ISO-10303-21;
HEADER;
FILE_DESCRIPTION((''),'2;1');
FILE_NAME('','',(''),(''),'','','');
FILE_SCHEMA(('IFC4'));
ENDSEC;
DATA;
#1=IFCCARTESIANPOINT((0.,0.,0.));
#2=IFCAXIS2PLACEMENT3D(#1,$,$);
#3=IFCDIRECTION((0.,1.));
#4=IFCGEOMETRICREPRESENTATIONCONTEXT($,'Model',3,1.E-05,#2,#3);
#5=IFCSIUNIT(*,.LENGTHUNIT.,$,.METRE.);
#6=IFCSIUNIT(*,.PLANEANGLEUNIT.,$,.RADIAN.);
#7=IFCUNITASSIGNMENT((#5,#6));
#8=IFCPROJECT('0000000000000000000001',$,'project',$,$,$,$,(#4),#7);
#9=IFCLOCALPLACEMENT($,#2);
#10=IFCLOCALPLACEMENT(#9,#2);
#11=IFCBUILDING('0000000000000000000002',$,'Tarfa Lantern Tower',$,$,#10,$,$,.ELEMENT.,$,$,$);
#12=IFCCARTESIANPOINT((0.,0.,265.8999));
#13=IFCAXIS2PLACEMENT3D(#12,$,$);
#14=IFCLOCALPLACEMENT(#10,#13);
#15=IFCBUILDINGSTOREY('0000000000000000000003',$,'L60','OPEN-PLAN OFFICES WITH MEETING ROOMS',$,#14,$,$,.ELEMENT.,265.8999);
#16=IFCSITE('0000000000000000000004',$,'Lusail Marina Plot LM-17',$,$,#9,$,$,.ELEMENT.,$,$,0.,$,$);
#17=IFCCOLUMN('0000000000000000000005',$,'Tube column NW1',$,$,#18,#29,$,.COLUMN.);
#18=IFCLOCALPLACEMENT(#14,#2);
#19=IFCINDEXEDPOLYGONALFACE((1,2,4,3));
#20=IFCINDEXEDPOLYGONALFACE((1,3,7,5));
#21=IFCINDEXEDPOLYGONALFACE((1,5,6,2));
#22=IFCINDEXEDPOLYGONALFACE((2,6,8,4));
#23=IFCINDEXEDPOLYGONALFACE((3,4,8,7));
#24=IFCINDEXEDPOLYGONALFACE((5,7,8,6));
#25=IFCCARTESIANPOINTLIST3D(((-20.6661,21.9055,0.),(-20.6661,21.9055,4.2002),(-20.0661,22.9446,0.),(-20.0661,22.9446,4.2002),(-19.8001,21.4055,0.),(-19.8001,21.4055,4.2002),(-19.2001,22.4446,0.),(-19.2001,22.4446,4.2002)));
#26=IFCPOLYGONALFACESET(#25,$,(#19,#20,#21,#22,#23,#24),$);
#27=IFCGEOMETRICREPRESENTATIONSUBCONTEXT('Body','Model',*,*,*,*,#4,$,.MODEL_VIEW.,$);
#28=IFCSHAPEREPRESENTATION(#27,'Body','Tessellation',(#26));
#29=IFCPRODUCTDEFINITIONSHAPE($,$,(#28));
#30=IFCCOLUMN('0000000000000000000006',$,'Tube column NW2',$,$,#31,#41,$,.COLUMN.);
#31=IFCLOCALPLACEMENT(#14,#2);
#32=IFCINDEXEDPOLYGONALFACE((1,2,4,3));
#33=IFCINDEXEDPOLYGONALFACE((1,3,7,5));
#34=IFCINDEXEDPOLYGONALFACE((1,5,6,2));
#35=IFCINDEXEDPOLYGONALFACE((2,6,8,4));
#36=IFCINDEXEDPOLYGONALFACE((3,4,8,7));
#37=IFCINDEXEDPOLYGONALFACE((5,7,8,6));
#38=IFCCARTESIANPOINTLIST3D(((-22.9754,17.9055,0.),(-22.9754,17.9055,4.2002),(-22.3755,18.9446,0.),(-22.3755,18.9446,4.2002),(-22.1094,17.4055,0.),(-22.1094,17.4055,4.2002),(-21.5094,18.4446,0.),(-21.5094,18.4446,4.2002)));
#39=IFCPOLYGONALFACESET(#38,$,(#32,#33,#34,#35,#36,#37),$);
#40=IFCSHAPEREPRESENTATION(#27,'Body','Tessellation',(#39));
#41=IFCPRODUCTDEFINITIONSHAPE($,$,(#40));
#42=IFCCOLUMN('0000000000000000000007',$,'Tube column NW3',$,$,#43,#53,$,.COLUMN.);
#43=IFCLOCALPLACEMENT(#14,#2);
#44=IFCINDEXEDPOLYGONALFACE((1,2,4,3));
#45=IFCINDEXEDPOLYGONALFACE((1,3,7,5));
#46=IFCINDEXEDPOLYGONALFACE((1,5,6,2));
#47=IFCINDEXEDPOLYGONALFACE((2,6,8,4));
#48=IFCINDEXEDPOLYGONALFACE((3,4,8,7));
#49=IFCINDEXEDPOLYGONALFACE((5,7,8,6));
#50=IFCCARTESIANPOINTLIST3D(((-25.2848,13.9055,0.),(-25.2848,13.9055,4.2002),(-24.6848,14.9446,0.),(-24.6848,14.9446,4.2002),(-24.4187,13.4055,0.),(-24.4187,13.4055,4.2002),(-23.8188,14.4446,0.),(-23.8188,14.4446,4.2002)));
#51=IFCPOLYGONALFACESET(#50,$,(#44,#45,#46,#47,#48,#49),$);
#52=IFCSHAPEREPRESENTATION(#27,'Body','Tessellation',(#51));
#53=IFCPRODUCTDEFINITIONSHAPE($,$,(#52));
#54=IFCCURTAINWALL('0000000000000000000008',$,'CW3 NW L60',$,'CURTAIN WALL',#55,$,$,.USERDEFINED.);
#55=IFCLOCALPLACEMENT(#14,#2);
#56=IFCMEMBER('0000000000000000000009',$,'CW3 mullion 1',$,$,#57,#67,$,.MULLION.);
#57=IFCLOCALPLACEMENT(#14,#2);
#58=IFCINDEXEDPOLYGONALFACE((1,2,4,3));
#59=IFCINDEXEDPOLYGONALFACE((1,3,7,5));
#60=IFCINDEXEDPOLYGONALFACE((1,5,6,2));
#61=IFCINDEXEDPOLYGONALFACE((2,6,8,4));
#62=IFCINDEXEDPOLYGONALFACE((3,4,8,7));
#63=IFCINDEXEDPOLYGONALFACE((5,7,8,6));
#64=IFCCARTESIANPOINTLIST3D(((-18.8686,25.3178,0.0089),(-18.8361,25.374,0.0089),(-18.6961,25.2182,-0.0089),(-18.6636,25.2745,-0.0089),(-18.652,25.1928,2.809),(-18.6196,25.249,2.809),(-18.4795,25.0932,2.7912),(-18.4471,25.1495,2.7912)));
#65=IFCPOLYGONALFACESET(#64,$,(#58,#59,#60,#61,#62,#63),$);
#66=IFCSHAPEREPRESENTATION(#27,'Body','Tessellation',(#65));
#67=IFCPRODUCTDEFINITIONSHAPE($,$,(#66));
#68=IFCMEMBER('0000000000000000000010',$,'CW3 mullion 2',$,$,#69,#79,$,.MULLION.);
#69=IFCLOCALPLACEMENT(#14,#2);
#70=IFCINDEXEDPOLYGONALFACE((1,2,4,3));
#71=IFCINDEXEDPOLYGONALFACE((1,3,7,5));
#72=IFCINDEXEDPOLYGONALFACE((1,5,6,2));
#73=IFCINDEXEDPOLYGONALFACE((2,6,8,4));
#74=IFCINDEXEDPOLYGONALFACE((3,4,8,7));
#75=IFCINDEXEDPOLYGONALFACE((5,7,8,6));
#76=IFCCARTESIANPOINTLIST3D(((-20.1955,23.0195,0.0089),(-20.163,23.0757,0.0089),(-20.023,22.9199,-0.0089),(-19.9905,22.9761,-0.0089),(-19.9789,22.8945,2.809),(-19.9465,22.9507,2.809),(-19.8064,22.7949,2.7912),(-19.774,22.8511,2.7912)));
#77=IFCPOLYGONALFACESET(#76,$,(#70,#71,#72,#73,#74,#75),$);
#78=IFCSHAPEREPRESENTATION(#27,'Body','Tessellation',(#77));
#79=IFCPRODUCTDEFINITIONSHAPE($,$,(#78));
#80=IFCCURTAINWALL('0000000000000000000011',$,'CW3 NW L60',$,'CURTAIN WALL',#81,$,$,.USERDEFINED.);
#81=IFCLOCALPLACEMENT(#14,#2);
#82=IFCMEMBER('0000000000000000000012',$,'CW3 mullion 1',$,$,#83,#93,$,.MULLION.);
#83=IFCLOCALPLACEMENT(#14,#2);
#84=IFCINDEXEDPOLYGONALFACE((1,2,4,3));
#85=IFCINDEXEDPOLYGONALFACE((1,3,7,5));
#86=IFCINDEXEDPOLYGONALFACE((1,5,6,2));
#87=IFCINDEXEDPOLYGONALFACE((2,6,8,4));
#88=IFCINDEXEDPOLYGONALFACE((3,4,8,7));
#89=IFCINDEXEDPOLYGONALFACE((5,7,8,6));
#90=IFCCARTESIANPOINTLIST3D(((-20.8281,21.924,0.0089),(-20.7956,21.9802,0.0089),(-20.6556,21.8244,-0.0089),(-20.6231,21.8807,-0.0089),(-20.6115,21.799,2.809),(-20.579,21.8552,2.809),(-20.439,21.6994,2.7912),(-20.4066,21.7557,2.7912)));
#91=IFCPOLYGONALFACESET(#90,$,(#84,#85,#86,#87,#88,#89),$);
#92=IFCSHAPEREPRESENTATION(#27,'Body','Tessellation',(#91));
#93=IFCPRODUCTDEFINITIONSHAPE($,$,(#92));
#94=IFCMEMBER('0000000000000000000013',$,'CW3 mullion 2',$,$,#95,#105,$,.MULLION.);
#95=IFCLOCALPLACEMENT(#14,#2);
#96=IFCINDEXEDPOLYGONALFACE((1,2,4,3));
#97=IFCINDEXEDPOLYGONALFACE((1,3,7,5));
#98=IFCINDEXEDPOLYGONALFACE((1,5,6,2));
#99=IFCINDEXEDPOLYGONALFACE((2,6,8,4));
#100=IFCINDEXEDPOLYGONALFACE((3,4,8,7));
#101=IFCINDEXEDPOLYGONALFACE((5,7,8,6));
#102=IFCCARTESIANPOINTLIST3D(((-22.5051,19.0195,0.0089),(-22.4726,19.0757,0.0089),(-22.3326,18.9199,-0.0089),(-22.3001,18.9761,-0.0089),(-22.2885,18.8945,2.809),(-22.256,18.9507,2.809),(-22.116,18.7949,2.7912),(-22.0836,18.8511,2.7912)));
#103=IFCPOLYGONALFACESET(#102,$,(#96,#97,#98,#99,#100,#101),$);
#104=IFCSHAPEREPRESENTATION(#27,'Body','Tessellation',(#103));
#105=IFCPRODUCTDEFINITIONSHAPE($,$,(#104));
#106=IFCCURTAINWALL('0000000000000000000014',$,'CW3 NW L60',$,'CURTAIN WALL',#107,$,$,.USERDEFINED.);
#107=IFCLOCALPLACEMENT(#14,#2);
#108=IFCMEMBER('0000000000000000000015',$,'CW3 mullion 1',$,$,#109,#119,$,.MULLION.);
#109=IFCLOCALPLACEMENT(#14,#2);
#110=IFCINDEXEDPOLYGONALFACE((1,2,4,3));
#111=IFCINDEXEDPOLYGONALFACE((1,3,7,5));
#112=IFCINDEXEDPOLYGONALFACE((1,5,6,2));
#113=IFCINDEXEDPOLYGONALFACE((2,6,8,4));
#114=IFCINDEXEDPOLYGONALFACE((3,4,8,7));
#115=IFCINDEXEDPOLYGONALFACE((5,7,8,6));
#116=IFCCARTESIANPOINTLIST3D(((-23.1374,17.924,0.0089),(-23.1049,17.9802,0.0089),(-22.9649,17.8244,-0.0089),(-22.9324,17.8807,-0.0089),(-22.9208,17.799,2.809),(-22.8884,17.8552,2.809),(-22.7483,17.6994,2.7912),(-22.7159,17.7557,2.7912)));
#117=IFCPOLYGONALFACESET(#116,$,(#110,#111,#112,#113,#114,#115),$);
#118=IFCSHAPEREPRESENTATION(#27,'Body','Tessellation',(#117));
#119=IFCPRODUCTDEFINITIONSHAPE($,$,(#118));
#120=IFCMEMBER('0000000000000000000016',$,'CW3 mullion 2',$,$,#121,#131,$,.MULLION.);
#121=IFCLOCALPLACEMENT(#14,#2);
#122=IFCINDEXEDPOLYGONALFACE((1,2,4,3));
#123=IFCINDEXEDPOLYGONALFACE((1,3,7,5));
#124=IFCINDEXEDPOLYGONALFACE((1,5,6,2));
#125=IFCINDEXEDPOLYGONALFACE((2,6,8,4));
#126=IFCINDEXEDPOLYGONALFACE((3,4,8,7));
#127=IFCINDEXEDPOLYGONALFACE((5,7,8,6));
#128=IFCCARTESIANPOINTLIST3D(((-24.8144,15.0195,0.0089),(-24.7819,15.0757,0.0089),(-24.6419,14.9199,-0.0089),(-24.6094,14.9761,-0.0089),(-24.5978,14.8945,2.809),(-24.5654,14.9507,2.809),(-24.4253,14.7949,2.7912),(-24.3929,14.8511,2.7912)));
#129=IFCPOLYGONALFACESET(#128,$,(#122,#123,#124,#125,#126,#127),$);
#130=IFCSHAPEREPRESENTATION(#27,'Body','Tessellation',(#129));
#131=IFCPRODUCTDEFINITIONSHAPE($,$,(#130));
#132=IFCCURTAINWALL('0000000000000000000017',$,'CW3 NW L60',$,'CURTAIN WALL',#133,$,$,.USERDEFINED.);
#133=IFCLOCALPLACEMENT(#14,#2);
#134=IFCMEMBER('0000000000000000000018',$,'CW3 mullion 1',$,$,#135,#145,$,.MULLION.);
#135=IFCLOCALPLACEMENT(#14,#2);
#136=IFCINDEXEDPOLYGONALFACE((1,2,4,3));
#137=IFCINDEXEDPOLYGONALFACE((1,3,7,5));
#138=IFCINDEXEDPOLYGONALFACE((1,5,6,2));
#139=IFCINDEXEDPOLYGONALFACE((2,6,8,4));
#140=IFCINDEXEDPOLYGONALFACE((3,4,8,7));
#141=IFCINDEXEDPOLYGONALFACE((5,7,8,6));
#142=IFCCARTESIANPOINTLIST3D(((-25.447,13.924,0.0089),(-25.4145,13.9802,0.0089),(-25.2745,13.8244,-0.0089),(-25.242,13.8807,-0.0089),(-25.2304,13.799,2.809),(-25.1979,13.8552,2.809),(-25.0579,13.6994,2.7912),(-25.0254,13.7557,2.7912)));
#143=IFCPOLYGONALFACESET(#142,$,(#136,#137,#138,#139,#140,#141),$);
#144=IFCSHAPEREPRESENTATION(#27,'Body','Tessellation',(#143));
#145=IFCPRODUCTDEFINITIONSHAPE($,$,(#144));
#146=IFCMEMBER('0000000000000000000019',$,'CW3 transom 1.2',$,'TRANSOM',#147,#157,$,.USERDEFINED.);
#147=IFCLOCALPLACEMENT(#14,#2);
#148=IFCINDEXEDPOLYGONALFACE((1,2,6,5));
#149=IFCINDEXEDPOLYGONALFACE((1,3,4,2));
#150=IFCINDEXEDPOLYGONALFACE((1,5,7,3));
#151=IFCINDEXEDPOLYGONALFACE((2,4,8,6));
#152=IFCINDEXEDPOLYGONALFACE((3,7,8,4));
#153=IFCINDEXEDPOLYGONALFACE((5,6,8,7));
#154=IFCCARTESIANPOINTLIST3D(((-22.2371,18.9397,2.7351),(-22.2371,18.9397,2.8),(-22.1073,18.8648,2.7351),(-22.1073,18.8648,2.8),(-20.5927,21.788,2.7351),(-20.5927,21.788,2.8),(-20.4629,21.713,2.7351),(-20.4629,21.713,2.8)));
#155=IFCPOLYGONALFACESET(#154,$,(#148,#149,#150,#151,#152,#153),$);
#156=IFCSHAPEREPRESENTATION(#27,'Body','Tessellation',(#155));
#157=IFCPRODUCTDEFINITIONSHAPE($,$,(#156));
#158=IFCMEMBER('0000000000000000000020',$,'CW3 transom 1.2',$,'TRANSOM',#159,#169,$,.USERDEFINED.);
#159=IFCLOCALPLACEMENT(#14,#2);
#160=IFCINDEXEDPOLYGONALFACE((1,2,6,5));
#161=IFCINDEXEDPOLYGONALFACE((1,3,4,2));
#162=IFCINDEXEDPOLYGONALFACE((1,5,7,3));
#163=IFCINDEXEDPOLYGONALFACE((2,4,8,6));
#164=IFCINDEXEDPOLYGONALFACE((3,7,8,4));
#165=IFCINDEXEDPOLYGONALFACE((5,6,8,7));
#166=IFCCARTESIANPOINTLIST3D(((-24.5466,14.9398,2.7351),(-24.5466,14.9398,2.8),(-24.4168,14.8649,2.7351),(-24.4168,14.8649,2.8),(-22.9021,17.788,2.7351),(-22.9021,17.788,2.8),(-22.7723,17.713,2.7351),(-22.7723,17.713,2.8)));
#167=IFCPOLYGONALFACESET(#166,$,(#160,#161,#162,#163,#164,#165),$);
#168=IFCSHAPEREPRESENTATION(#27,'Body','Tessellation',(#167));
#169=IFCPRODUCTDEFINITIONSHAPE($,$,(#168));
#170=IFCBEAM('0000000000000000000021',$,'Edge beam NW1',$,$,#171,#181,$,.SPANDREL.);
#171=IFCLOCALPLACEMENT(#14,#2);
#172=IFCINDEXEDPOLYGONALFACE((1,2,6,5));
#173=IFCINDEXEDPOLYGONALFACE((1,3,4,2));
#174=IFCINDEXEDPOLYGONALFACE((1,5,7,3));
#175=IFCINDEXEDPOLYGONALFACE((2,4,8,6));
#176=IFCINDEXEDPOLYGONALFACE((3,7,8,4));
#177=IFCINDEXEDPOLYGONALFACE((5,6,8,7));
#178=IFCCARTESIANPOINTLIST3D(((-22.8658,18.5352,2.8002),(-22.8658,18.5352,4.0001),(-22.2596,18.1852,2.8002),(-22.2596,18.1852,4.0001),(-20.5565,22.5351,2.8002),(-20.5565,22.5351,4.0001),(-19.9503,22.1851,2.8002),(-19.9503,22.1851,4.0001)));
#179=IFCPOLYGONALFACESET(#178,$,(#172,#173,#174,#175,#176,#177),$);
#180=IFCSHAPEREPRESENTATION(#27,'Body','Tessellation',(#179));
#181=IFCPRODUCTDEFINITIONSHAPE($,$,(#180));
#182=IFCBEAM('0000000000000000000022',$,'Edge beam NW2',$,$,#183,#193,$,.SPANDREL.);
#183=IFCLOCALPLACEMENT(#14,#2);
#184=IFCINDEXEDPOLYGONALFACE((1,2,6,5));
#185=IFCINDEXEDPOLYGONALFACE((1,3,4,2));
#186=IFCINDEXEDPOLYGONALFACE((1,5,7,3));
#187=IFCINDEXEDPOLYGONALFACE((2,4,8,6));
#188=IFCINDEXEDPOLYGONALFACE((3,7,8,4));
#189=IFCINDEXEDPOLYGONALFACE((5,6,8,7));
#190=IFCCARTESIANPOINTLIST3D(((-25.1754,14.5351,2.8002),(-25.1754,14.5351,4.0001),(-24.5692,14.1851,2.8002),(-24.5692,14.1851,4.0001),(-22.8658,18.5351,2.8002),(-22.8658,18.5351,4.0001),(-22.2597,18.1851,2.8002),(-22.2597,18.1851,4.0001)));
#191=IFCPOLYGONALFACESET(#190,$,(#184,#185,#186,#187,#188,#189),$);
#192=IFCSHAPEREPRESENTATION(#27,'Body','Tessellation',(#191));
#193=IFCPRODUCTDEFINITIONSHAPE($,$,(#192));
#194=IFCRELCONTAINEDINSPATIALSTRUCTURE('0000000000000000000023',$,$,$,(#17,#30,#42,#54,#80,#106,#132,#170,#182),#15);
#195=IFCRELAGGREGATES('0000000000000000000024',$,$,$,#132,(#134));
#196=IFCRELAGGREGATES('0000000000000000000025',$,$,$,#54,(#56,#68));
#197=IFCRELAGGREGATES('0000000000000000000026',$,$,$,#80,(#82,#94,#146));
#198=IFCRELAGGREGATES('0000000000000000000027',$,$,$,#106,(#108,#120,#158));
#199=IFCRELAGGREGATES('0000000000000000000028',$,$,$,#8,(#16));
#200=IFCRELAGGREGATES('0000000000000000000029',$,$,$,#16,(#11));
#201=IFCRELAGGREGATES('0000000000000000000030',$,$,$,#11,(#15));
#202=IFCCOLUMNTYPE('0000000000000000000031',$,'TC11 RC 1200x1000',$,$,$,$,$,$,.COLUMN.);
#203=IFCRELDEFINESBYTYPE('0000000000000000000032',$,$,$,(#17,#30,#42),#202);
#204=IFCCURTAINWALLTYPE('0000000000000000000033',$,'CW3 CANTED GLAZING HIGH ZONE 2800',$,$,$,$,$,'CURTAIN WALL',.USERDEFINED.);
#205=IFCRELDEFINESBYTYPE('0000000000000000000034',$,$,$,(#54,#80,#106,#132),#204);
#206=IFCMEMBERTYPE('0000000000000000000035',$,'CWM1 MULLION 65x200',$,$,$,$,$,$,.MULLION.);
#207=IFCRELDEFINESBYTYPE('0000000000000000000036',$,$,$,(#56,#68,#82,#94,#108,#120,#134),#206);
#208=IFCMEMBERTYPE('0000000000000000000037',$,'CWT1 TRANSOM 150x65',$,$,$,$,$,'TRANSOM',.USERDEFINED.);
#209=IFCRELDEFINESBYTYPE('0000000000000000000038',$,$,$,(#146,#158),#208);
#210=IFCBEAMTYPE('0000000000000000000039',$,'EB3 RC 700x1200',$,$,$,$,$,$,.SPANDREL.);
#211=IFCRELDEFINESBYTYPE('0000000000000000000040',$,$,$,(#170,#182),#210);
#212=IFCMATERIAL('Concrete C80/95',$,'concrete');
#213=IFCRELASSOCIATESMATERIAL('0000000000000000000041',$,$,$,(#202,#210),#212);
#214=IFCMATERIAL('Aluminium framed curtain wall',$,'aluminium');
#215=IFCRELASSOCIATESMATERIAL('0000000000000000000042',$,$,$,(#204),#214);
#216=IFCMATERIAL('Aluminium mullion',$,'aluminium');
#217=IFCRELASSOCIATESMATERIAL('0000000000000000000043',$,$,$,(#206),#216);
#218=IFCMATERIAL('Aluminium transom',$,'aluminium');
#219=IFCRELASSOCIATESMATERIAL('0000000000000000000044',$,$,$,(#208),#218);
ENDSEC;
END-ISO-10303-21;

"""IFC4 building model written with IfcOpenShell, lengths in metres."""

from ifc_helpers import new_model, si_unit, direction, frame, origin, origin_2d, place, context, subcontext, project, spatial, rectangle, extrude, material, material_profile, profile_set, type_object, element, aggregate, save


model = new_model("IFC4")

# Units and contexts
model_context = context("Model", 3, precision=1e-05, world=origin(), true_north=direction((0.0, 1.0)))
body_context = subcontext(model_context, "Body", "Model", "MODEL_VIEW")
ifc_project = project(units=[si_unit("LENGTHUNIT", "METRE"), si_unit("PLANEANGLEUNIT", "RADIAN")], contexts=[model_context])

# Site, building, storey
site_placement = place(None, origin())
site = spatial("IfcSite", under=ifc_project, at=site_placement, Name="Lusail Marina Plot LM-17", CompositionType="ELEMENT", RefElevation=0.0)
building_placement = place(site_placement, origin())
building = spatial("IfcBuilding", under=site, at=building_placement, Name="Tarfa Lantern Tower", CompositionType="ELEMENT")
storey_placement = place(building_placement, frame((0.0, 0.0, 265.8999)))
storey = spatial("IfcBuildingStorey", under=building, at=storey_placement, Name="L60", Description="OPEN-PLAN OFFICES WITH MEETING ROOMS", CompositionType="ELEMENT", Elevation=265.8999)

# Columns
ifc_material_1 = material(Name="Concrete C80/95", Category="concrete")
ifc_material_profile_1 = material_profile(ifc_material_1, rectangle(XDim=1.2, YDim=1.0, at=origin_2d()), Name="RC 1200x1000")
ifc_profile_set_1 = profile_set([ifc_material_profile_1], Name="Concrete C80/95")
column_type = type_object("IfcColumnType", Name="TC11 RC 1200x1000", PredefinedType="COLUMN", material=ifc_profile_set_1)
for number, where, z_axis, x_axis, name in (
    (1, (-19.9331, 22.175, 0.0), (0.0, 0.0, 1.0), (-0.5, -0.866025, 0.0), "Tube column NW1"),
    (2, (-22.2424, 18.175, 0.0), (0.0, 0.0, 1.0), (-0.5, -0.866025, 0.0), "Tube column NW2"),
    (3, (-24.5518, 14.175, 0.0), (0.0, 0.0, 1.0), (-0.5, -0.866025, 0.0), "Tube column NW3"),
):
    element("IfcColumn", number, at=place(storey_placement, frame(where, z_axis=z_axis, x_axis=x_axis)), inside=storey, type_object=column_type, Name=name, PredefinedType="COLUMN", context=body_context, shape_type="SweptSolid", body=[
        extrude(rectangle(XDim=1.2, YDim=1.0, at=origin_2d()), origin(), (0.0, 0.0, 1.0), 4.2002),
    ])

# Curtain walls, members
ifc_material_2 = material(Name="Aluminium framed curtain wall", Category="aluminium")
curtain_wall_type = type_object("IfcCurtainWallType", Name="CW3 CANTED GLAZING HIGH ZONE 2800", ElementType="CURTAIN WALL", PredefinedType="USERDEFINED", material=ifc_material_2)
curtain_wall_1_placement = place(storey_placement, origin())
curtain_wall_1 = element("IfcCurtainWall", 4, at=curtain_wall_1_placement, inside=storey, type_object=curtain_wall_type, Name="CW3 NW L60", ObjectType="CURTAIN WALL", PredefinedType="USERDEFINED")
ifc_material_3 = material(Name="Aluminium mullion", Category="aluminium")
ifc_material_profile_2 = material_profile(ifc_material_3, rectangle(XDim=0.0649, YDim=0.2, at=origin_2d()), Name="AL MULLION 65x200")
ifc_profile_set_2 = profile_set([ifc_material_profile_2], Name="Aluminium mullion")
member_type_1 = type_object("IfcMemberType", Name="CWM1 MULLION 65x200", PredefinedType="MULLION", material=ifc_profile_set_2)
member_1_placement = place(storey_placement, frame((-18.7661, 25.2961, 0.0), z_axis=(0.077032, -0.044465, 0.996037), x_axis=(0.49992, 0.866072, 0.0)))
member_1 = element("IfcMember", 5, at=member_1_placement, type_object=member_type_1, Name="CW3 mullion 1", PredefinedType="MULLION", context=body_context, shape_type="SweptSolid", body=[
    extrude(rectangle(XDim=0.0649, YDim=0.2, at=origin_2d()), origin(), (0.0, 0.0, 1.0), 2.8113),
])
member_2_placement = place(storey_placement, frame((-20.093, 22.9978, 0.0), z_axis=(0.077032, -0.044465, 0.996037), x_axis=(0.49992, 0.866072, 0.0)))
member_2 = element("IfcMember", 6, at=member_2_placement, type_object=member_type_1, Name="CW3 mullion 2", PredefinedType="MULLION", context=body_context, shape_type="SweptSolid", body=[
    extrude(rectangle(XDim=0.0649, YDim=0.2, at=origin_2d()), origin(), (0.0, 0.0, 1.0), 2.8113),
])
curtain_wall_2_placement = place(storey_placement, origin())
curtain_wall_2 = element("IfcCurtainWall", 7, at=curtain_wall_2_placement, inside=storey, type_object=curtain_wall_type, Name="CW3 NW L60", ObjectType="CURTAIN WALL", PredefinedType="USERDEFINED")
member_3_placement = place(storey_placement, frame((-20.7256, 21.9023, 0.0), z_axis=(0.077032, -0.044465, 0.996037), x_axis=(0.49992, 0.866072, 0.0)))
member_3 = element("IfcMember", 8, at=member_3_placement, type_object=member_type_1, Name="CW3 mullion 1", PredefinedType="MULLION", context=body_context, shape_type="SweptSolid", body=[
    extrude(rectangle(XDim=0.0649, YDim=0.2, at=origin_2d()), origin(), (0.0, 0.0, 1.0), 2.8113),
])
member_4_placement = place(storey_placement, frame((-22.4026, 18.9978, 0.0), z_axis=(0.077032, -0.044465, 0.996037), x_axis=(0.49992, 0.866072, 0.0)))
member_4 = element("IfcMember", 9, at=member_4_placement, type_object=member_type_1, Name="CW3 mullion 2", PredefinedType="MULLION", context=body_context, shape_type="SweptSolid", body=[
    extrude(rectangle(XDim=0.0649, YDim=0.2, at=origin_2d()), origin(), (0.0, 0.0, 1.0), 2.8113),
])
curtain_wall_3_placement = place(storey_placement, origin())
curtain_wall_3 = element("IfcCurtainWall", 10, at=curtain_wall_3_placement, inside=storey, type_object=curtain_wall_type, Name="CW3 NW L60", ObjectType="CURTAIN WALL", PredefinedType="USERDEFINED")
member_5_placement = place(storey_placement, frame((-23.0349, 17.9023, 0.0), z_axis=(0.077032, -0.044465, 0.996037), x_axis=(0.49992, 0.866072, 0.0)))
member_5 = element("IfcMember", 11, at=member_5_placement, type_object=member_type_1, Name="CW3 mullion 1", PredefinedType="MULLION", context=body_context, shape_type="SweptSolid", body=[
    extrude(rectangle(XDim=0.0649, YDim=0.2, at=origin_2d()), origin(), (0.0, 0.0, 1.0), 2.8113),
])
member_6_placement = place(storey_placement, frame((-24.7119, 14.9978, 0.0), z_axis=(0.077032, -0.044465, 0.996037), x_axis=(0.49992, 0.866072, 0.0)))
member_6 = element("IfcMember", 12, at=member_6_placement, type_object=member_type_1, Name="CW3 mullion 2", PredefinedType="MULLION", context=body_context, shape_type="SweptSolid", body=[
    extrude(rectangle(XDim=0.0649, YDim=0.2, at=origin_2d()), origin(), (0.0, 0.0, 1.0), 2.8113),
])

# Curtain wall, member
curtain_wall_4_placement = place(storey_placement, origin())
curtain_wall_4 = element("IfcCurtainWall", 13, at=curtain_wall_4_placement, inside=storey, type_object=curtain_wall_type, Name="CW3 NW L60", ObjectType="CURTAIN WALL", PredefinedType="USERDEFINED")
member_7_placement = place(storey_placement, frame((-25.3445, 13.9023, 0.0), z_axis=(0.077032, -0.044465, 0.996037), x_axis=(0.49992, 0.866072, 0.0)))
member_7 = element("IfcMember", 14, at=member_7_placement, type_object=member_type_1, Name="CW3 mullion 1", PredefinedType="MULLION", context=body_context, shape_type="SweptSolid", body=[
    extrude(rectangle(XDim=0.0649, YDim=0.2, at=origin_2d()), origin(), (0.0, 0.0, 1.0), 2.8113),
])
aggregate(curtain_wall_4, [member_7])

# Members
ifc_material_4 = material(Name="Aluminium transom", Category="aluminium")
ifc_material_profile_3 = material_profile(ifc_material_4, rectangle(XDim=0.1499, YDim=0.0649, at=origin_2d()), Name="AL TRANSOM 150x65")
ifc_profile_set_3 = profile_set([ifc_material_profile_3], Name="Aluminium transom")
member_type_2 = type_object("IfcMemberType", Name="CWT1 TRANSOM 150x65", ElementType="TRANSOM", PredefinedType="USERDEFINED", material=ifc_profile_set_3)
member_8_placement = place(storey_placement, frame((-20.5278, 21.7505, 2.7676), z_axis=(-0.499979, -0.866037, 0.0), x_axis=(0.866037, -0.499979, 0.0)))
member_8 = element("IfcMember", 15, at=member_8_placement, type_object=member_type_2, Name="CW3 transom 1.2", ObjectType="TRANSOM", PredefinedType="USERDEFINED", context=body_context, shape_type="SweptSolid", body=[
    extrude(rectangle(XDim=0.1499, YDim=0.0649, at=origin_2d()), origin(), (0.0, 0.0, 1.0), 3.2888),
])
member_9_placement = place(storey_placement, frame((-22.8372, 17.7505, 2.7676), z_axis=(-0.500035, -0.866005, 0.0), x_axis=(0.866005, -0.500035, 0.0)))
member_9 = element("IfcMember", 16, at=member_9_placement, type_object=member_type_2, Name="CW3 transom 1.2", ObjectType="TRANSOM", PredefinedType="USERDEFINED", context=body_context, shape_type="SweptSolid", body=[
    extrude(rectangle(XDim=0.1499, YDim=0.0649, at=origin_2d()), origin(), (0.0, 0.0, 1.0), 3.2888),
])

# Beams
ifc_material_profile_4 = material_profile(ifc_material_1, rectangle(XDim=0.7, YDim=1.2, at=origin_2d()), Name="RC 700x1200")
ifc_profile_set_4 = profile_set([ifc_material_profile_4], Name="Concrete C80/95")
beam_type_1 = type_object("IfcBeamType", Name="EB3 RC 700x1200", PredefinedType="SPANDREL", material=ifc_profile_set_4)
beam_1_placement = place(storey_placement, frame((-20.2534, 22.3601, 3.4001), z_axis=(-0.499988, -0.866032, 0.0), x_axis=(0.866032, -0.499988, 0.0)))
element("IfcBeam", 17, at=beam_1_placement, inside=storey, type_object=beam_type_1, Name="Edge beam NW1", PredefinedType="SPANDREL", context=body_context, shape_type="SweptSolid", body=[
    extrude(rectangle(XDim=0.7, YDim=1.2, at=origin_2d()), origin(), (0.0, 0.0, 1.0), 4.6187),
])
beam_2_placement = place(storey_placement, frame((-22.5627, 18.3601, 3.4001), z_axis=(-0.500027, -0.86601, 0.0), x_axis=(0.86601, -0.500027, 0.0)))
element("IfcBeam", 18, at=beam_2_placement, inside=storey, type_object=beam_type_1, Name="Edge beam NW2", PredefinedType="SPANDREL", context=body_context, shape_type="SweptSolid", body=[
    extrude(rectangle(XDim=0.7, YDim=1.2, at=origin_2d()), origin(), (0.0, 0.0, 1.0), 4.6189),
])

aggregate(curtain_wall_1, [member_1, member_2])
aggregate(curtain_wall_2, [member_3, member_4, member_8])
aggregate(curtain_wall_3, [member_5, member_6, member_9])

save(model, "model.ifc")
